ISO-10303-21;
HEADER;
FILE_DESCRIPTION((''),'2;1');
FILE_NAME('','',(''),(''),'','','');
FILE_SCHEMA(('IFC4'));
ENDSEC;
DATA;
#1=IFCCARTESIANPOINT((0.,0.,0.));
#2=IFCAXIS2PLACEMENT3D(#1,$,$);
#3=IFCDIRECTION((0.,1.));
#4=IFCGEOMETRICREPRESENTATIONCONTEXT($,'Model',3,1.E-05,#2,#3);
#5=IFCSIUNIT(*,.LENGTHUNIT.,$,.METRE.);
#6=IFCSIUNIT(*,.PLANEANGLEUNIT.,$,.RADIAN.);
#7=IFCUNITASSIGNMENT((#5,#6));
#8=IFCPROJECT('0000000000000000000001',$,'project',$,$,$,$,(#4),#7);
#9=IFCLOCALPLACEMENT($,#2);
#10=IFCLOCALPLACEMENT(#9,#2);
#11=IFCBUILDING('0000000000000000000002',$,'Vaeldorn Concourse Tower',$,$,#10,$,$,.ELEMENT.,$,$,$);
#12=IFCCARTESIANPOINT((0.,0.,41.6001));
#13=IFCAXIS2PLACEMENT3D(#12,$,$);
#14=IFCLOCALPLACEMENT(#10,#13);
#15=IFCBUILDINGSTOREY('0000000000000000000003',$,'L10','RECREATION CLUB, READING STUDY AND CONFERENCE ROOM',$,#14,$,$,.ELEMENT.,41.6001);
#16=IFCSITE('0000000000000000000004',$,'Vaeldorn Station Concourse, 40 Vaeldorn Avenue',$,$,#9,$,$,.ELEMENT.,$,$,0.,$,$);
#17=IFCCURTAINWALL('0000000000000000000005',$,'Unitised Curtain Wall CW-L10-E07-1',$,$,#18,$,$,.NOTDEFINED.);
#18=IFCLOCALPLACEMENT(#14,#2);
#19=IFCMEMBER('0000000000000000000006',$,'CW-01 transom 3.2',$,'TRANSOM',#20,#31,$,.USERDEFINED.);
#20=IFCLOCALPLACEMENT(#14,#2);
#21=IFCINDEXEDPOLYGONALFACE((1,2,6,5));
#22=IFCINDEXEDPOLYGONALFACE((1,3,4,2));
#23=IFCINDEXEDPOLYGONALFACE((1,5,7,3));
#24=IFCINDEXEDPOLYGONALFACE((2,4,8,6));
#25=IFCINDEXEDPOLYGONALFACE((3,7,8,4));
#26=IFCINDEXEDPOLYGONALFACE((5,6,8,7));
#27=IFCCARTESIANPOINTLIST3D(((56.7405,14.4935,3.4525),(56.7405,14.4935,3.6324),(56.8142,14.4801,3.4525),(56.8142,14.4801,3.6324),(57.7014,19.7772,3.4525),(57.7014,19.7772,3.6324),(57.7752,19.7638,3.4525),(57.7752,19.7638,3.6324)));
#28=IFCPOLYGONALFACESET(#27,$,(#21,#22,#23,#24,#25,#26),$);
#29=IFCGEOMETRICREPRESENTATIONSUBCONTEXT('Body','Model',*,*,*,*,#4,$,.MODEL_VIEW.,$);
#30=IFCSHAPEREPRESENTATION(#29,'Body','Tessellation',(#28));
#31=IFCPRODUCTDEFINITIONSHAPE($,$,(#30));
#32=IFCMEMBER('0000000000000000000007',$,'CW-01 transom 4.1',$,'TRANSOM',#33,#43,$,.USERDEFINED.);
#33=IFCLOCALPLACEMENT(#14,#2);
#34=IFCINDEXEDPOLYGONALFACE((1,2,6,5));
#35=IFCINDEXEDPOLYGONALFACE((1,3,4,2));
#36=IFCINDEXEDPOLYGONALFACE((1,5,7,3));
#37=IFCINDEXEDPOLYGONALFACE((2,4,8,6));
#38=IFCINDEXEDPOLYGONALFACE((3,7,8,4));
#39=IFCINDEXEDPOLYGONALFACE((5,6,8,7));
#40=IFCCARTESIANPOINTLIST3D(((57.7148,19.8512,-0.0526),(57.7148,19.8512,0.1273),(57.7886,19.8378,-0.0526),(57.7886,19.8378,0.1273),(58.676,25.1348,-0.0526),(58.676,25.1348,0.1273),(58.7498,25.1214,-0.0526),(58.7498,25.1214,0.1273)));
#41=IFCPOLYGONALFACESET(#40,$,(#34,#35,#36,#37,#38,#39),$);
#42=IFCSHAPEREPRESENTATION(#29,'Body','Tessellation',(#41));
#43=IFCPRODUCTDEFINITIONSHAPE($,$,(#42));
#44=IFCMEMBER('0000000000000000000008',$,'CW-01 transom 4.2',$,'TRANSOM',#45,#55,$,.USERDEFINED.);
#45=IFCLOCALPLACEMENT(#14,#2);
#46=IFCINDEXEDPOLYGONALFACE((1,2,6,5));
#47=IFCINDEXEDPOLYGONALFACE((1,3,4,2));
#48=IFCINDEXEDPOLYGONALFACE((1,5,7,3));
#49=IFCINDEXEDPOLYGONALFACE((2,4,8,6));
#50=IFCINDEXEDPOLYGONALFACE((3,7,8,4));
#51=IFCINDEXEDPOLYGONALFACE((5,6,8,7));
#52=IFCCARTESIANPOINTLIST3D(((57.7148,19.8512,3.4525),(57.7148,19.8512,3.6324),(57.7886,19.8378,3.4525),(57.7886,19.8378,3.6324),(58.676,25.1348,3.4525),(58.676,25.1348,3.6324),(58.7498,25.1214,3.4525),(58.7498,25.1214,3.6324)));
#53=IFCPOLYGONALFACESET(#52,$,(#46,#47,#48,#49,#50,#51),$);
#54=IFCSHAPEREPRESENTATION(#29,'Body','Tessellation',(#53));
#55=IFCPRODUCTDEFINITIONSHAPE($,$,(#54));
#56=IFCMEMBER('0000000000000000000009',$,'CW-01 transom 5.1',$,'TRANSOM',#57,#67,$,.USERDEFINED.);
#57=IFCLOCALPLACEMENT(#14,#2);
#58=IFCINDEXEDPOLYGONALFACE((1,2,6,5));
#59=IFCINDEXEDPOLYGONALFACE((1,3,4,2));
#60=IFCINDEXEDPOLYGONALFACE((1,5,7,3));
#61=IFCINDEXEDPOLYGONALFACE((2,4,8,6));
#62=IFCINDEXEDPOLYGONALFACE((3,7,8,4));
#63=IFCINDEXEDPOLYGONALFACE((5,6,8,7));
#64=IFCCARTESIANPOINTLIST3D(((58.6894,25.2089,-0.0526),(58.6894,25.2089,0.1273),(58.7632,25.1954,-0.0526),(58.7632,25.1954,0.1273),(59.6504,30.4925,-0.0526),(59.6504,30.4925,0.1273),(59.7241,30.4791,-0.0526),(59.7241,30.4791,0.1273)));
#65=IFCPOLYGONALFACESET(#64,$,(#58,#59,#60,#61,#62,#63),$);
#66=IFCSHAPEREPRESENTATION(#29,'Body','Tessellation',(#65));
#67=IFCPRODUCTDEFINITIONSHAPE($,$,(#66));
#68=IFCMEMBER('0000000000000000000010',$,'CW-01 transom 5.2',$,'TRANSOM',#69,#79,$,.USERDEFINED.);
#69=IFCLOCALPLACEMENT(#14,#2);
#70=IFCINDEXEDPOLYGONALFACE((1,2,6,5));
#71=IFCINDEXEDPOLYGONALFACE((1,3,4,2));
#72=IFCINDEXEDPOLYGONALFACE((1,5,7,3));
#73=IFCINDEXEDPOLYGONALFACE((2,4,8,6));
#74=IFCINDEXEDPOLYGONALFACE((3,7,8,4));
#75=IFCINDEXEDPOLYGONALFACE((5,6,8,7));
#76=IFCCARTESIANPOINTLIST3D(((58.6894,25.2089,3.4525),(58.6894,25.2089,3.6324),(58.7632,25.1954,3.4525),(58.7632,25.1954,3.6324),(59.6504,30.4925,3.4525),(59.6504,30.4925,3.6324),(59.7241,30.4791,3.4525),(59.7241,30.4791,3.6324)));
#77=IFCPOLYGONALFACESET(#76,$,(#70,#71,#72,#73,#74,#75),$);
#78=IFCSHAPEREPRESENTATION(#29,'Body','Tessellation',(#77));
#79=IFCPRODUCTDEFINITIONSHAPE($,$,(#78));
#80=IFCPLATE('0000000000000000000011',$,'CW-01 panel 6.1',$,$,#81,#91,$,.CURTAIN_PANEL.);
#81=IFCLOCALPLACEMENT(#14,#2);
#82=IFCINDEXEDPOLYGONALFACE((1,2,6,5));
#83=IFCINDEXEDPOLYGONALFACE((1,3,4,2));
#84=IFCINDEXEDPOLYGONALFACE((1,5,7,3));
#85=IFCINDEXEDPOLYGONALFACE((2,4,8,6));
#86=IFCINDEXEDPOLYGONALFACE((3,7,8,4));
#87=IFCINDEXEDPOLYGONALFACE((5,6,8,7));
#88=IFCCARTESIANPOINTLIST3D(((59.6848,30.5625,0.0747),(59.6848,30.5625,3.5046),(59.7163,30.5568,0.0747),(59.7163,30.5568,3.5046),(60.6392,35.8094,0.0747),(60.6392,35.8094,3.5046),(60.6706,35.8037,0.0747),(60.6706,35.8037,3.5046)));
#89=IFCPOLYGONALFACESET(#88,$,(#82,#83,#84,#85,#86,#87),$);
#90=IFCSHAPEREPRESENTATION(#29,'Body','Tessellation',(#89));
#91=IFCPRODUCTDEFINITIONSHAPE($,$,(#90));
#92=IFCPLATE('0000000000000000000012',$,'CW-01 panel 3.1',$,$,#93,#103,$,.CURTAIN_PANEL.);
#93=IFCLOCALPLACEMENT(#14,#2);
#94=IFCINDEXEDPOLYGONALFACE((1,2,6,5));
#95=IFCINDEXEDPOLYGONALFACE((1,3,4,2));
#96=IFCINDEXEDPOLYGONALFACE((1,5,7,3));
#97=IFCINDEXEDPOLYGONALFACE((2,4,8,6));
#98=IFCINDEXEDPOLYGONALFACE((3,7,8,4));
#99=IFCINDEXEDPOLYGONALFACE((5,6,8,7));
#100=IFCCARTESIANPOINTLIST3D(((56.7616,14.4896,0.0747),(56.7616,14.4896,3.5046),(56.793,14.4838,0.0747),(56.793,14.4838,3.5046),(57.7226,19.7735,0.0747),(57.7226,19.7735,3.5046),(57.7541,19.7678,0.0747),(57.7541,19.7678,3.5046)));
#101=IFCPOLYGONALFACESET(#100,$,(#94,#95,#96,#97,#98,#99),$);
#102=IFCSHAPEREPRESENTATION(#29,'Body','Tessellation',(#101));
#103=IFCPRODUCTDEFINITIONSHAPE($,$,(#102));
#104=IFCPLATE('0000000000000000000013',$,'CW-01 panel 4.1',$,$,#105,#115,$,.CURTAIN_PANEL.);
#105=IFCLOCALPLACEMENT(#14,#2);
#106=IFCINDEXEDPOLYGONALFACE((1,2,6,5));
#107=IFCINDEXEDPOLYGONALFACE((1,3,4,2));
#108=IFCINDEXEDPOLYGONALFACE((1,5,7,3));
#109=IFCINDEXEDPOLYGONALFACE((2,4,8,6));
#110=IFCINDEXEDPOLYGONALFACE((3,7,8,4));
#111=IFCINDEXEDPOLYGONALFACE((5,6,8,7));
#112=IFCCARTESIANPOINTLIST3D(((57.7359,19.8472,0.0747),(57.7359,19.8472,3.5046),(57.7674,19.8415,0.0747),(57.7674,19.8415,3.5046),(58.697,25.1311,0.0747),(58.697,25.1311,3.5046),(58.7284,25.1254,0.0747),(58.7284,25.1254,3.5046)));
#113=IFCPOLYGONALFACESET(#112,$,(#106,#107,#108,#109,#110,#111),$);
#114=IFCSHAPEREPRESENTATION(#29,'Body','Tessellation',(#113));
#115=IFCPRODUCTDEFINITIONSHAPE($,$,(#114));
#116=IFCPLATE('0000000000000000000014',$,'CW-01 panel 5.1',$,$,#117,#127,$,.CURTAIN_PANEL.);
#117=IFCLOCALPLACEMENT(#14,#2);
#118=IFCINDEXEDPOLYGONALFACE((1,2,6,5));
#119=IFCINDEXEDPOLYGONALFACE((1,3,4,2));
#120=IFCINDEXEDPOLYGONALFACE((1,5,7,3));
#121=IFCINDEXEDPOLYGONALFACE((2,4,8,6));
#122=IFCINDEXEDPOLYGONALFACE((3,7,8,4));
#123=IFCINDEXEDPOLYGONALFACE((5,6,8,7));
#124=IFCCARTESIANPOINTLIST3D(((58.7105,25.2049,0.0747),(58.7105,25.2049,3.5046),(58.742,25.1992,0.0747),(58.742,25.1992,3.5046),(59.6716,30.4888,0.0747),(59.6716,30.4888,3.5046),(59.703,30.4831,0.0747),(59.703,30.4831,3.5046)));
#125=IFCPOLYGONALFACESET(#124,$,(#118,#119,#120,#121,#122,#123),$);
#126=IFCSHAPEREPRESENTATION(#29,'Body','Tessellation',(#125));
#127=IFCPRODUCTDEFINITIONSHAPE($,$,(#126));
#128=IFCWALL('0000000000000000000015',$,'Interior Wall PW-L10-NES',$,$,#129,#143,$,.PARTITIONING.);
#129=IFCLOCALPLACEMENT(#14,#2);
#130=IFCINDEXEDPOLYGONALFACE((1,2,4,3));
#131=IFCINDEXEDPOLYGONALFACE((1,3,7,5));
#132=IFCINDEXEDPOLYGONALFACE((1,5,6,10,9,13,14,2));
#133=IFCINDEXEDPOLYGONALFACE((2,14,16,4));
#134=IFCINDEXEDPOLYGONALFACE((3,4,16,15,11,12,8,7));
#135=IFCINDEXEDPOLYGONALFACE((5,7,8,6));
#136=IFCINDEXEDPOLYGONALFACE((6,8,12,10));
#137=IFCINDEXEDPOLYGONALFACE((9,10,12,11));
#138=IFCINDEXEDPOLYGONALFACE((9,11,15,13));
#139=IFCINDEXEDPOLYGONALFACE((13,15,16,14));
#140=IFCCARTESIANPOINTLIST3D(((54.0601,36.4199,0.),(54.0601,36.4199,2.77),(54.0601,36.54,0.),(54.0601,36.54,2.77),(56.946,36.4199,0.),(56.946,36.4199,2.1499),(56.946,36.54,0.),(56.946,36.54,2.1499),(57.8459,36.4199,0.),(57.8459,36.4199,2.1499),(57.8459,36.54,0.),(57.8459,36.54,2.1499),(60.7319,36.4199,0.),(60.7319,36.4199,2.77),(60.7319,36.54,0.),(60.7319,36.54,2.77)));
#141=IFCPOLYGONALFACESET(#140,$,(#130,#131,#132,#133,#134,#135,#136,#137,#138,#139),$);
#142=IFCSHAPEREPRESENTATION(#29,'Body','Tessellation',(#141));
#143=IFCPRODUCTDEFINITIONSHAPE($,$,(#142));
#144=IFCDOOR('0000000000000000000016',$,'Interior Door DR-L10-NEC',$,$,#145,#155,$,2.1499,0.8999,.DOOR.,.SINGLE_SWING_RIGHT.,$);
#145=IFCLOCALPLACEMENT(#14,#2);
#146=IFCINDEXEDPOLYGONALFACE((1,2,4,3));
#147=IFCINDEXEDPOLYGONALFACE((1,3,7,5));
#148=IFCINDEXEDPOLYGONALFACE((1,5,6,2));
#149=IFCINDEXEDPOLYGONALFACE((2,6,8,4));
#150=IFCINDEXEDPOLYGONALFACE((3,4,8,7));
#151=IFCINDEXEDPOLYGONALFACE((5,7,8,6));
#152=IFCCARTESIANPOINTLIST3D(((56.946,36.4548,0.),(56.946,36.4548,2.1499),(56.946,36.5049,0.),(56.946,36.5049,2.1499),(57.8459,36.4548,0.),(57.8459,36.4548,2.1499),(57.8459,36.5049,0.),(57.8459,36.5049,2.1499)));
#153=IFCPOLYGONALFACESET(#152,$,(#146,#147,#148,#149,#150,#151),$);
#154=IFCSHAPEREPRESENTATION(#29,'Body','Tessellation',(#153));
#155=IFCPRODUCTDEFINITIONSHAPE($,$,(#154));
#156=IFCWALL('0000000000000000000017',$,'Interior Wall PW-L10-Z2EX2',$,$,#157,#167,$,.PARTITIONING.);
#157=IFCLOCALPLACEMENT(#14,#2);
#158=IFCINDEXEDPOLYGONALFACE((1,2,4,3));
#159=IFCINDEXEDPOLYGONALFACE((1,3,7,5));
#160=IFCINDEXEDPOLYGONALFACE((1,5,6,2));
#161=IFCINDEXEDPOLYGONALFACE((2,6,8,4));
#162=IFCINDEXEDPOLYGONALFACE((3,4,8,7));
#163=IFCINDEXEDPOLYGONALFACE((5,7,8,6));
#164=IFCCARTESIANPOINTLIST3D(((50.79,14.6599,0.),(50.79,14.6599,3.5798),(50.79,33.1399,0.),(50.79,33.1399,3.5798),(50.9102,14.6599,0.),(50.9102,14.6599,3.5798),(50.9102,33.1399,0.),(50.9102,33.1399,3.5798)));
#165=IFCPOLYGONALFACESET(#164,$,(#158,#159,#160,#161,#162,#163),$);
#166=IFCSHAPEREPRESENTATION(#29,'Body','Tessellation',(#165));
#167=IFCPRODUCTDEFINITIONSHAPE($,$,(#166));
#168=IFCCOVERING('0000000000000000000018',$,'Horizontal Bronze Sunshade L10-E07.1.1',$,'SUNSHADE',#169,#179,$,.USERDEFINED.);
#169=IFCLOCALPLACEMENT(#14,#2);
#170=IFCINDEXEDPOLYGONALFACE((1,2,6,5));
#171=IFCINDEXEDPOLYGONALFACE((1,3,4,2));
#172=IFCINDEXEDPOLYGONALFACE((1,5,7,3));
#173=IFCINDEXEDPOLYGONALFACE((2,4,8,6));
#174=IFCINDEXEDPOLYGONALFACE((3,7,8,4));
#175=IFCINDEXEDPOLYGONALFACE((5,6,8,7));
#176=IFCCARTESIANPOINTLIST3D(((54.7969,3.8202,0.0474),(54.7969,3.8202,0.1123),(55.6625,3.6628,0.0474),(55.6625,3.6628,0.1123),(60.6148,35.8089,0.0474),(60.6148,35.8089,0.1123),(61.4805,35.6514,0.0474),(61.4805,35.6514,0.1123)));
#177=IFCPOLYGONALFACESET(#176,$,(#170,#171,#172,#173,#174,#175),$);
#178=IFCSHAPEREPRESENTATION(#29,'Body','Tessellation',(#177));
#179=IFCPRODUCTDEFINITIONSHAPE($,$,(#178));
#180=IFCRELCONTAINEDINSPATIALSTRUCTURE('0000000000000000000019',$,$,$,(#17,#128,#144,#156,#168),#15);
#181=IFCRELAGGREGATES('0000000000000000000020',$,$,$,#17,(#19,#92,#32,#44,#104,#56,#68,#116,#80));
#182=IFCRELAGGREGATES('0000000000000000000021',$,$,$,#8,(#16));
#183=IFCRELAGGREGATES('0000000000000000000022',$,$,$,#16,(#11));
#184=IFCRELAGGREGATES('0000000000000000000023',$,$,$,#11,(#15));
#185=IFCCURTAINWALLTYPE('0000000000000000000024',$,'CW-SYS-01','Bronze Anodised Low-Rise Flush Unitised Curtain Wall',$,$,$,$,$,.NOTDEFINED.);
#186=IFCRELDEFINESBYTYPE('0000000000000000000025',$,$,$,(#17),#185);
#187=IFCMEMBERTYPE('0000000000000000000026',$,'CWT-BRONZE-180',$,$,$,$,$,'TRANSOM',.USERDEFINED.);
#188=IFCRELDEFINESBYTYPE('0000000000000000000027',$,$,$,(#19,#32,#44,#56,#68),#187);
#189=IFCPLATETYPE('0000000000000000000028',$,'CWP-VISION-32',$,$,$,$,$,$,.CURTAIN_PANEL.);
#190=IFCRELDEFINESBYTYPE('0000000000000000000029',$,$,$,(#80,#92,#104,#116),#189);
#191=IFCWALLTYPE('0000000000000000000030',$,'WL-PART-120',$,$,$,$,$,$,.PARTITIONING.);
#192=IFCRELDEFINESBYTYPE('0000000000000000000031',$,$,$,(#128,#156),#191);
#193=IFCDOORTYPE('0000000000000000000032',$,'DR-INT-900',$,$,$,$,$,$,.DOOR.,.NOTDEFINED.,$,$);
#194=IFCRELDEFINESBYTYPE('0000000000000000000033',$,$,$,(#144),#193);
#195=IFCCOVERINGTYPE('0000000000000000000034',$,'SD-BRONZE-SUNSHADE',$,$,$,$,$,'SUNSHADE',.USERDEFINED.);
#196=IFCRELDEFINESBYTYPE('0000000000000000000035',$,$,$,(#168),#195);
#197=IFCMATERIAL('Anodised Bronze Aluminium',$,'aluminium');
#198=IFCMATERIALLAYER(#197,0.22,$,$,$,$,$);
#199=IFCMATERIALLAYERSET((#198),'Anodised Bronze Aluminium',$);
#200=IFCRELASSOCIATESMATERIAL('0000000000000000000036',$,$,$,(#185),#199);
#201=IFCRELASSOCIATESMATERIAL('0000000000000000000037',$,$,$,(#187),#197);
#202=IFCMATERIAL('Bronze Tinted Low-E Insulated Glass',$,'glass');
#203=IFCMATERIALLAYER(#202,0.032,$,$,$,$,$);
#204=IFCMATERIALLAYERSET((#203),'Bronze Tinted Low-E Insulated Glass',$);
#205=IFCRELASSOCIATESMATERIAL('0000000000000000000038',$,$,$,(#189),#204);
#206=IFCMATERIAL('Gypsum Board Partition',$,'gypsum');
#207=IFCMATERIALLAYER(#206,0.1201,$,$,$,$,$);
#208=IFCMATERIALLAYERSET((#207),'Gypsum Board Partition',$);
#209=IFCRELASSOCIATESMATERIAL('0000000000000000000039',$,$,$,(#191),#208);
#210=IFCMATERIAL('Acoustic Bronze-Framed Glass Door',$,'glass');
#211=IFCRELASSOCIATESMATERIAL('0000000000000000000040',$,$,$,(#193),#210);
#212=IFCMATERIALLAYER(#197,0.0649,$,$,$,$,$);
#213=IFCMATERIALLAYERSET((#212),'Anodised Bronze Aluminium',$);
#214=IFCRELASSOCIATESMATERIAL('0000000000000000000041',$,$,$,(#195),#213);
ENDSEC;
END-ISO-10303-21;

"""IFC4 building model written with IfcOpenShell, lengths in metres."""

from ifc_helpers import new_model, si_unit, direction, frame, frame_2d, origin, origin_2d, place, context, subcontext, project, spatial, rectangle, extrude, source, transform, mapped, material, layer, layer_set, material_profile, profile_set, type_object, element, fill, aggregate, save


model = new_model("IFC4")

# Units and contexts
model_context = context("Model", 3, precision=1e-05, world=origin(), true_north=direction((0.0, 1.0)))
body_context = subcontext(model_context, "Body", "Model", "MODEL_VIEW")
ifc_project = project(units=[si_unit("LENGTHUNIT", "METRE"), si_unit("PLANEANGLEUNIT", "RADIAN")], contexts=[model_context])

# Site, building, storey
site_placement = place(None, origin())
site = spatial("IfcSite", under=ifc_project, at=site_placement, Name="Vaeldorn Station Concourse, 40 Vaeldorn Avenue", CompositionType="ELEMENT", RefElevation=0.0)
building_placement = place(site_placement, origin())
building = spatial("IfcBuilding", under=site, at=building_placement, Name="Vaeldorn Concourse Tower", CompositionType="ELEMENT")
storey_placement = place(building_placement, frame((0.0, 0.0, 41.6001)))
storey = spatial("IfcBuildingStorey", under=building, at=storey_placement, Name="L10", Description="RECREATION CLUB, READING STUDY AND CONFERENCE ROOM", CompositionType="ELEMENT", Elevation=41.6001)

# Curtain wall, members, plates
ifc_material_1 = material(Name="Anodised Bronze Aluminium", Category="aluminium")
ifc_layer_1 = layer(ifc_material_1, 0.22)
ifc_layer_set_1 = layer_set([ifc_layer_1], Name="Anodised Bronze Aluminium")
curtain_wall_type = type_object("IfcCurtainWallType", Name="CW-SYS-01", Description="Bronze Anodised Low-Rise Flush Unitised Curtain Wall", PredefinedType="NOTDEFINED", material=ifc_layer_set_1)
curtain_wall_placement = place(storey_placement, origin())
curtain_wall = element("IfcCurtainWall", 1, at=curtain_wall_placement, inside=storey, type_object=curtain_wall_type, Name="Unitised Curtain Wall CW-L10-E07-1", PredefinedType="NOTDEFINED")
ifc_material_profile_1 = material_profile(ifc_material_1, rectangle(XDim=0.075, YDim=0.1799, at=origin_2d()), Name="CWT 75x180")
ifc_profile_set_1 = profile_set([ifc_material_profile_1], Name="Anodised Bronze Aluminium")
member_type_1 = type_object("IfcMemberType", Name="CWT-BRONZE-180", ElementType="TRANSOM", PredefinedType="USERDEFINED", material=ifc_profile_set_1)
shared_shape_1 = source(origin(), body_context, "Body", "SweptSolid", [
    extrude(rectangle(XDim=0.075, YDim=0.1799, at=origin_2d()), origin(), (0.0, 0.0, 1.0), 5.3704),
])
member_1_placement = place(storey_placement, frame((56.7773, 14.4868, 3.5425), z_axis=(0.178933, 0.983861, 0.0), x_axis=(-0.983861, 0.178933, 0.0)))
member_1 = element("IfcMember", 2, at=member_1_placement, type_object=member_type_1, Name="CW-01 transom 3.2", ObjectType="TRANSOM", PredefinedType="USERDEFINED", context=body_context, shape_type="MappedRepresentation", body=[
    mapped(shared_shape_1, transform((0.0, 0.0, 0.0), scale=1.0)),
])
member_2_placement = place(storey_placement, frame((57.7517, 19.8445, 0.0374), z_axis=(0.178977, 0.983853, 0.0), x_axis=(-0.983853, 0.178977, 0.0)))
member_2 = element("IfcMember", 3, at=member_2_placement, type_object=member_type_1, Name="CW-01 transom 4.1", ObjectType="TRANSOM", PredefinedType="USERDEFINED", context=body_context, shape_type="MappedRepresentation", body=[
    mapped(shared_shape_1, transform((0.0, 0.0, 0.0), scale=1.0)),
])
member_3_placement = place(storey_placement, frame((57.7517, 19.8445, 3.5425), z_axis=(0.178977, 0.983853, 0.0), x_axis=(-0.983853, 0.178977, 0.0)))
member_3 = element("IfcMember", 4, at=member_3_placement, type_object=member_type_1, Name="CW-01 transom 4.2", ObjectType="TRANSOM", PredefinedType="USERDEFINED", context=body_context, shape_type="MappedRepresentation", body=[
    mapped(shared_shape_1, transform((0.0, 0.0, 0.0), scale=1.0)),
])
member_4_placement = place(storey_placement, frame((58.7263, 25.2021, 0.0374), z_axis=(0.178933, 0.983861, 0.0), x_axis=(-0.983861, 0.178933, 0.0)))
member_4 = element("IfcMember", 5, at=member_4_placement, type_object=member_type_1, Name="CW-01 transom 5.1", ObjectType="TRANSOM", PredefinedType="USERDEFINED", context=body_context, shape_type="MappedRepresentation", body=[
    mapped(shared_shape_1, transform((0.0, 0.0, 0.0), scale=1.0)),
])
member_5_placement = place(storey_placement, frame((58.7263, 25.2021, 3.5425), z_axis=(0.178933, 0.983861, 0.0), x_axis=(-0.983861, 0.178933, 0.0)))
member_5 = element("IfcMember", 6, at=member_5_placement, type_object=member_type_1, Name="CW-01 transom 5.2", ObjectType="TRANSOM", PredefinedType="USERDEFINED", context=body_context, shape_type="MappedRepresentation", body=[
    mapped(shared_shape_1, transform((0.0, 0.0, 0.0), scale=1.0)),
])
ifc_material_2 = material(Name="Bronze Tinted Low-E Insulated Glass", Category="glass")
ifc_layer_2 = layer(ifc_material_2, 0.032)
ifc_layer_set_2 = layer_set([ifc_layer_2], Name="Bronze Tinted Low-E Insulated Glass")
plate_type = type_object("IfcPlateType", Name="CWP-VISION-32", PredefinedType="CURTAIN_PANEL", material=ifc_layer_set_2)
shared_shape_2 = source(origin(), body_context, "Body", "SweptSolid", [
    extrude(rectangle(XDim=5.333, YDim=0.032, at=origin_2d()), origin(), (0.0, 0.0, 1.0), 3.4299),
])
plate_1_placement = place(storey_placement, frame((60.1777, 33.1831, 0.0747), z_axis=(0.0, 0.0, 1.0), x_axis=(0.178944, 0.983859, 0.0)))
plate_1 = element("IfcPlate", 7, at=plate_1_placement, type_object=plate_type, Name="CW-01 panel 6.1", PredefinedType="CURTAIN_PANEL", context=body_context, shape_type="MappedRepresentation", body=[
    mapped(shared_shape_2, transform((0.0, 0.0, 0.0), scale=1.0)),
])
shared_shape_3 = source(origin(), body_context, "Body", "SweptSolid", [
    extrude(rectangle(XDim=5.3706, YDim=0.032, at=origin_2d()), origin(), (0.0, 0.0, 1.0), 3.4299),
])
plate_2_placement = place(storey_placement, frame((57.2578, 17.1287, 0.0747), z_axis=(0.0, 0.0, 1.0), x_axis=(0.178944, 0.983859, 0.0)))
plate_2 = element("IfcPlate", 8, at=plate_2_placement, type_object=plate_type, Name="CW-01 panel 3.1", PredefinedType="CURTAIN_PANEL", context=body_context, shape_type="MappedRepresentation", body=[
    mapped(shared_shape_3, transform((0.0, 0.0, 0.0), scale=1.0)),
])
plate_3_placement = place(storey_placement, frame((58.2322, 22.4863, 0.0747), z_axis=(0.0, 0.0, 1.0), x_axis=(0.178944, 0.983859, 0.0)))
plate_3 = element("IfcPlate", 9, at=plate_3_placement, type_object=plate_type, Name="CW-01 panel 4.1", PredefinedType="CURTAIN_PANEL", context=body_context, shape_type="MappedRepresentation", body=[
    mapped(shared_shape_3, transform((0.0, 0.0, 0.0), scale=1.0)),
])
plate_4_placement = place(storey_placement, frame((59.2068, 27.844, 0.0747), z_axis=(0.0, 0.0, 1.0), x_axis=(0.178944, 0.983859, 0.0)))
plate_4 = element("IfcPlate", 10, at=plate_4_placement, type_object=plate_type, Name="CW-01 panel 5.1", PredefinedType="CURTAIN_PANEL", context=body_context, shape_type="MappedRepresentation", body=[
    mapped(shared_shape_3, transform((0.0, 0.0, 0.0), scale=1.0)),
])
aggregate(curtain_wall, [member_1, plate_2, member_2, member_3, plate_3, member_4, member_5, plate_4, plate_1])

# Wall, opening, door
ifc_material_3 = material(Name="Gypsum Board Partition", Category="gypsum")
ifc_layer_3 = layer(ifc_material_3, 0.1201)
ifc_layer_set_3 = layer_set([ifc_layer_3], Name="Gypsum Board Partition")
wall_type = type_object("IfcWallType", Name="WL-PART-120", PredefinedType="PARTITIONING", material=ifc_layer_set_3)
wall_1_placement = place(storey_placement, frame((54.0601, 36.48, 0.0), z_axis=(0.0, 0.0, 1.0), x_axis=(1.0, 0.0, 0.0)))
wall_1 = element("IfcWall", 11, at=wall_1_placement, inside=storey, type_object=wall_type, Name="Interior Wall PW-L10-NES", PredefinedType="PARTITIONING", context=body_context, shape_type="SweptSolid", body=[
    extrude(rectangle(XDim=6.6719, YDim=0.1201, at=frame_2d((3.3359, 0.0))), origin(), (0.0, 0.0, 1.0), 2.77),
])
opening_placement = place(wall_1_placement, frame((2.886, 0.0, 0.0)))
opening = element("IfcOpeningElement", 12, at=opening_placement, cuts=wall_1, PredefinedType="OPENING", context=body_context, shape_type="SweptSolid", body=[
    extrude(rectangle(XDim=0.8999, YDim=2.1499, at=frame_2d((0.45, 1.075))), frame((0.0, 0.0701, 0.0), z_axis=(0.0, -1.0, 0.0), x_axis=(1.0, 0.0, 0.0)), (0.0, 0.0, 1.0), 0.1401),
])
ifc_material_4 = material(Name="Acoustic Bronze-Framed Glass Door", Category="glass")
door_type = type_object("IfcDoorType", Name="DR-INT-900", OperationType="NOTDEFINED", PredefinedType="DOOR", material=ifc_material_4)
shared_shape_4 = source(origin(), body_context, "Body", "SweptSolid", [
    extrude(rectangle(XDim=0.8999, YDim=2.1499, at=frame_2d((0.45, 1.075))), frame((0.0, 0.0249, 0.0), z_axis=(0.0, -1.0, 0.0), x_axis=(1.0, 0.0, 0.0)), (0.0, 0.0, 1.0), 0.05),
])
door_placement = place(opening_placement, origin())
door = element("IfcDoor", 13, at=door_placement, inside=storey, type_object=door_type, Name="Interior Door DR-L10-NEC", OperationType="SINGLE_SWING_RIGHT", OverallHeight=2.1499, OverallWidth=0.8999, PredefinedType="DOOR", context=body_context, shape_type="MappedRepresentation", body=[
    mapped(shared_shape_4, transform((0.0, 0.0, 0.0), scale=1.0)),
])
fill(opening, door)

# Wall
wall_2_placement = place(storey_placement, frame((50.8501, 14.6599, 0.0), z_axis=(0.0, 0.0, 1.0), x_axis=(0.0, 1.0, 0.0)))
element("IfcWall", 14, at=wall_2_placement, inside=storey, type_object=wall_type, Name="Interior Wall PW-L10-Z2EX2", PredefinedType="PARTITIONING", context=body_context, shape_type="SweptSolid", body=[
    extrude(rectangle(XDim=18.48, YDim=0.1201, at=frame_2d((9.24, 0.0))), origin(), (0.0, 0.0, 1.0), 3.5798),
])

# Covering
ifc_layer_4 = layer(ifc_material_1, 0.0649)
ifc_layer_set_4 = layer_set([ifc_layer_4], Name="Anodised Bronze Aluminium")
covering_type = type_object("IfcCoveringType", Name="SD-BRONZE-SUNSHADE", ElementType="SUNSHADE", PredefinedType="USERDEFINED", material=ifc_layer_set_4)
shared_shape_5 = source(origin(), body_context, "Body", "SweptSolid", [
    extrude(rectangle(XDim=32.5134, YDim=0.8799, at=origin_2d()), origin(), (0.0, 0.0, 1.0), 0.0649),
])
for number, where, z_axis, x_axis, name in (
    (15, (58.1387, 19.7358, 0.0474), (0.0, 0.0, 1.0), (0.17894, 0.98386, 0.0), "Horizontal Bronze Sunshade L10-E07.1.1"),
):
    element("IfcCovering", number, at=place(storey_placement, frame(where, z_axis=z_axis, x_axis=x_axis)), inside=storey, type_object=covering_type, Name=name, ObjectType="SUNSHADE", PredefinedType="USERDEFINED", context=body_context, shape_type="MappedRepresentation", body=[
        mapped(shared_shape_5, transform((0.0, 0.0, 0.0), scale=1.0)),
    ])

save(model, "model.ifc")
